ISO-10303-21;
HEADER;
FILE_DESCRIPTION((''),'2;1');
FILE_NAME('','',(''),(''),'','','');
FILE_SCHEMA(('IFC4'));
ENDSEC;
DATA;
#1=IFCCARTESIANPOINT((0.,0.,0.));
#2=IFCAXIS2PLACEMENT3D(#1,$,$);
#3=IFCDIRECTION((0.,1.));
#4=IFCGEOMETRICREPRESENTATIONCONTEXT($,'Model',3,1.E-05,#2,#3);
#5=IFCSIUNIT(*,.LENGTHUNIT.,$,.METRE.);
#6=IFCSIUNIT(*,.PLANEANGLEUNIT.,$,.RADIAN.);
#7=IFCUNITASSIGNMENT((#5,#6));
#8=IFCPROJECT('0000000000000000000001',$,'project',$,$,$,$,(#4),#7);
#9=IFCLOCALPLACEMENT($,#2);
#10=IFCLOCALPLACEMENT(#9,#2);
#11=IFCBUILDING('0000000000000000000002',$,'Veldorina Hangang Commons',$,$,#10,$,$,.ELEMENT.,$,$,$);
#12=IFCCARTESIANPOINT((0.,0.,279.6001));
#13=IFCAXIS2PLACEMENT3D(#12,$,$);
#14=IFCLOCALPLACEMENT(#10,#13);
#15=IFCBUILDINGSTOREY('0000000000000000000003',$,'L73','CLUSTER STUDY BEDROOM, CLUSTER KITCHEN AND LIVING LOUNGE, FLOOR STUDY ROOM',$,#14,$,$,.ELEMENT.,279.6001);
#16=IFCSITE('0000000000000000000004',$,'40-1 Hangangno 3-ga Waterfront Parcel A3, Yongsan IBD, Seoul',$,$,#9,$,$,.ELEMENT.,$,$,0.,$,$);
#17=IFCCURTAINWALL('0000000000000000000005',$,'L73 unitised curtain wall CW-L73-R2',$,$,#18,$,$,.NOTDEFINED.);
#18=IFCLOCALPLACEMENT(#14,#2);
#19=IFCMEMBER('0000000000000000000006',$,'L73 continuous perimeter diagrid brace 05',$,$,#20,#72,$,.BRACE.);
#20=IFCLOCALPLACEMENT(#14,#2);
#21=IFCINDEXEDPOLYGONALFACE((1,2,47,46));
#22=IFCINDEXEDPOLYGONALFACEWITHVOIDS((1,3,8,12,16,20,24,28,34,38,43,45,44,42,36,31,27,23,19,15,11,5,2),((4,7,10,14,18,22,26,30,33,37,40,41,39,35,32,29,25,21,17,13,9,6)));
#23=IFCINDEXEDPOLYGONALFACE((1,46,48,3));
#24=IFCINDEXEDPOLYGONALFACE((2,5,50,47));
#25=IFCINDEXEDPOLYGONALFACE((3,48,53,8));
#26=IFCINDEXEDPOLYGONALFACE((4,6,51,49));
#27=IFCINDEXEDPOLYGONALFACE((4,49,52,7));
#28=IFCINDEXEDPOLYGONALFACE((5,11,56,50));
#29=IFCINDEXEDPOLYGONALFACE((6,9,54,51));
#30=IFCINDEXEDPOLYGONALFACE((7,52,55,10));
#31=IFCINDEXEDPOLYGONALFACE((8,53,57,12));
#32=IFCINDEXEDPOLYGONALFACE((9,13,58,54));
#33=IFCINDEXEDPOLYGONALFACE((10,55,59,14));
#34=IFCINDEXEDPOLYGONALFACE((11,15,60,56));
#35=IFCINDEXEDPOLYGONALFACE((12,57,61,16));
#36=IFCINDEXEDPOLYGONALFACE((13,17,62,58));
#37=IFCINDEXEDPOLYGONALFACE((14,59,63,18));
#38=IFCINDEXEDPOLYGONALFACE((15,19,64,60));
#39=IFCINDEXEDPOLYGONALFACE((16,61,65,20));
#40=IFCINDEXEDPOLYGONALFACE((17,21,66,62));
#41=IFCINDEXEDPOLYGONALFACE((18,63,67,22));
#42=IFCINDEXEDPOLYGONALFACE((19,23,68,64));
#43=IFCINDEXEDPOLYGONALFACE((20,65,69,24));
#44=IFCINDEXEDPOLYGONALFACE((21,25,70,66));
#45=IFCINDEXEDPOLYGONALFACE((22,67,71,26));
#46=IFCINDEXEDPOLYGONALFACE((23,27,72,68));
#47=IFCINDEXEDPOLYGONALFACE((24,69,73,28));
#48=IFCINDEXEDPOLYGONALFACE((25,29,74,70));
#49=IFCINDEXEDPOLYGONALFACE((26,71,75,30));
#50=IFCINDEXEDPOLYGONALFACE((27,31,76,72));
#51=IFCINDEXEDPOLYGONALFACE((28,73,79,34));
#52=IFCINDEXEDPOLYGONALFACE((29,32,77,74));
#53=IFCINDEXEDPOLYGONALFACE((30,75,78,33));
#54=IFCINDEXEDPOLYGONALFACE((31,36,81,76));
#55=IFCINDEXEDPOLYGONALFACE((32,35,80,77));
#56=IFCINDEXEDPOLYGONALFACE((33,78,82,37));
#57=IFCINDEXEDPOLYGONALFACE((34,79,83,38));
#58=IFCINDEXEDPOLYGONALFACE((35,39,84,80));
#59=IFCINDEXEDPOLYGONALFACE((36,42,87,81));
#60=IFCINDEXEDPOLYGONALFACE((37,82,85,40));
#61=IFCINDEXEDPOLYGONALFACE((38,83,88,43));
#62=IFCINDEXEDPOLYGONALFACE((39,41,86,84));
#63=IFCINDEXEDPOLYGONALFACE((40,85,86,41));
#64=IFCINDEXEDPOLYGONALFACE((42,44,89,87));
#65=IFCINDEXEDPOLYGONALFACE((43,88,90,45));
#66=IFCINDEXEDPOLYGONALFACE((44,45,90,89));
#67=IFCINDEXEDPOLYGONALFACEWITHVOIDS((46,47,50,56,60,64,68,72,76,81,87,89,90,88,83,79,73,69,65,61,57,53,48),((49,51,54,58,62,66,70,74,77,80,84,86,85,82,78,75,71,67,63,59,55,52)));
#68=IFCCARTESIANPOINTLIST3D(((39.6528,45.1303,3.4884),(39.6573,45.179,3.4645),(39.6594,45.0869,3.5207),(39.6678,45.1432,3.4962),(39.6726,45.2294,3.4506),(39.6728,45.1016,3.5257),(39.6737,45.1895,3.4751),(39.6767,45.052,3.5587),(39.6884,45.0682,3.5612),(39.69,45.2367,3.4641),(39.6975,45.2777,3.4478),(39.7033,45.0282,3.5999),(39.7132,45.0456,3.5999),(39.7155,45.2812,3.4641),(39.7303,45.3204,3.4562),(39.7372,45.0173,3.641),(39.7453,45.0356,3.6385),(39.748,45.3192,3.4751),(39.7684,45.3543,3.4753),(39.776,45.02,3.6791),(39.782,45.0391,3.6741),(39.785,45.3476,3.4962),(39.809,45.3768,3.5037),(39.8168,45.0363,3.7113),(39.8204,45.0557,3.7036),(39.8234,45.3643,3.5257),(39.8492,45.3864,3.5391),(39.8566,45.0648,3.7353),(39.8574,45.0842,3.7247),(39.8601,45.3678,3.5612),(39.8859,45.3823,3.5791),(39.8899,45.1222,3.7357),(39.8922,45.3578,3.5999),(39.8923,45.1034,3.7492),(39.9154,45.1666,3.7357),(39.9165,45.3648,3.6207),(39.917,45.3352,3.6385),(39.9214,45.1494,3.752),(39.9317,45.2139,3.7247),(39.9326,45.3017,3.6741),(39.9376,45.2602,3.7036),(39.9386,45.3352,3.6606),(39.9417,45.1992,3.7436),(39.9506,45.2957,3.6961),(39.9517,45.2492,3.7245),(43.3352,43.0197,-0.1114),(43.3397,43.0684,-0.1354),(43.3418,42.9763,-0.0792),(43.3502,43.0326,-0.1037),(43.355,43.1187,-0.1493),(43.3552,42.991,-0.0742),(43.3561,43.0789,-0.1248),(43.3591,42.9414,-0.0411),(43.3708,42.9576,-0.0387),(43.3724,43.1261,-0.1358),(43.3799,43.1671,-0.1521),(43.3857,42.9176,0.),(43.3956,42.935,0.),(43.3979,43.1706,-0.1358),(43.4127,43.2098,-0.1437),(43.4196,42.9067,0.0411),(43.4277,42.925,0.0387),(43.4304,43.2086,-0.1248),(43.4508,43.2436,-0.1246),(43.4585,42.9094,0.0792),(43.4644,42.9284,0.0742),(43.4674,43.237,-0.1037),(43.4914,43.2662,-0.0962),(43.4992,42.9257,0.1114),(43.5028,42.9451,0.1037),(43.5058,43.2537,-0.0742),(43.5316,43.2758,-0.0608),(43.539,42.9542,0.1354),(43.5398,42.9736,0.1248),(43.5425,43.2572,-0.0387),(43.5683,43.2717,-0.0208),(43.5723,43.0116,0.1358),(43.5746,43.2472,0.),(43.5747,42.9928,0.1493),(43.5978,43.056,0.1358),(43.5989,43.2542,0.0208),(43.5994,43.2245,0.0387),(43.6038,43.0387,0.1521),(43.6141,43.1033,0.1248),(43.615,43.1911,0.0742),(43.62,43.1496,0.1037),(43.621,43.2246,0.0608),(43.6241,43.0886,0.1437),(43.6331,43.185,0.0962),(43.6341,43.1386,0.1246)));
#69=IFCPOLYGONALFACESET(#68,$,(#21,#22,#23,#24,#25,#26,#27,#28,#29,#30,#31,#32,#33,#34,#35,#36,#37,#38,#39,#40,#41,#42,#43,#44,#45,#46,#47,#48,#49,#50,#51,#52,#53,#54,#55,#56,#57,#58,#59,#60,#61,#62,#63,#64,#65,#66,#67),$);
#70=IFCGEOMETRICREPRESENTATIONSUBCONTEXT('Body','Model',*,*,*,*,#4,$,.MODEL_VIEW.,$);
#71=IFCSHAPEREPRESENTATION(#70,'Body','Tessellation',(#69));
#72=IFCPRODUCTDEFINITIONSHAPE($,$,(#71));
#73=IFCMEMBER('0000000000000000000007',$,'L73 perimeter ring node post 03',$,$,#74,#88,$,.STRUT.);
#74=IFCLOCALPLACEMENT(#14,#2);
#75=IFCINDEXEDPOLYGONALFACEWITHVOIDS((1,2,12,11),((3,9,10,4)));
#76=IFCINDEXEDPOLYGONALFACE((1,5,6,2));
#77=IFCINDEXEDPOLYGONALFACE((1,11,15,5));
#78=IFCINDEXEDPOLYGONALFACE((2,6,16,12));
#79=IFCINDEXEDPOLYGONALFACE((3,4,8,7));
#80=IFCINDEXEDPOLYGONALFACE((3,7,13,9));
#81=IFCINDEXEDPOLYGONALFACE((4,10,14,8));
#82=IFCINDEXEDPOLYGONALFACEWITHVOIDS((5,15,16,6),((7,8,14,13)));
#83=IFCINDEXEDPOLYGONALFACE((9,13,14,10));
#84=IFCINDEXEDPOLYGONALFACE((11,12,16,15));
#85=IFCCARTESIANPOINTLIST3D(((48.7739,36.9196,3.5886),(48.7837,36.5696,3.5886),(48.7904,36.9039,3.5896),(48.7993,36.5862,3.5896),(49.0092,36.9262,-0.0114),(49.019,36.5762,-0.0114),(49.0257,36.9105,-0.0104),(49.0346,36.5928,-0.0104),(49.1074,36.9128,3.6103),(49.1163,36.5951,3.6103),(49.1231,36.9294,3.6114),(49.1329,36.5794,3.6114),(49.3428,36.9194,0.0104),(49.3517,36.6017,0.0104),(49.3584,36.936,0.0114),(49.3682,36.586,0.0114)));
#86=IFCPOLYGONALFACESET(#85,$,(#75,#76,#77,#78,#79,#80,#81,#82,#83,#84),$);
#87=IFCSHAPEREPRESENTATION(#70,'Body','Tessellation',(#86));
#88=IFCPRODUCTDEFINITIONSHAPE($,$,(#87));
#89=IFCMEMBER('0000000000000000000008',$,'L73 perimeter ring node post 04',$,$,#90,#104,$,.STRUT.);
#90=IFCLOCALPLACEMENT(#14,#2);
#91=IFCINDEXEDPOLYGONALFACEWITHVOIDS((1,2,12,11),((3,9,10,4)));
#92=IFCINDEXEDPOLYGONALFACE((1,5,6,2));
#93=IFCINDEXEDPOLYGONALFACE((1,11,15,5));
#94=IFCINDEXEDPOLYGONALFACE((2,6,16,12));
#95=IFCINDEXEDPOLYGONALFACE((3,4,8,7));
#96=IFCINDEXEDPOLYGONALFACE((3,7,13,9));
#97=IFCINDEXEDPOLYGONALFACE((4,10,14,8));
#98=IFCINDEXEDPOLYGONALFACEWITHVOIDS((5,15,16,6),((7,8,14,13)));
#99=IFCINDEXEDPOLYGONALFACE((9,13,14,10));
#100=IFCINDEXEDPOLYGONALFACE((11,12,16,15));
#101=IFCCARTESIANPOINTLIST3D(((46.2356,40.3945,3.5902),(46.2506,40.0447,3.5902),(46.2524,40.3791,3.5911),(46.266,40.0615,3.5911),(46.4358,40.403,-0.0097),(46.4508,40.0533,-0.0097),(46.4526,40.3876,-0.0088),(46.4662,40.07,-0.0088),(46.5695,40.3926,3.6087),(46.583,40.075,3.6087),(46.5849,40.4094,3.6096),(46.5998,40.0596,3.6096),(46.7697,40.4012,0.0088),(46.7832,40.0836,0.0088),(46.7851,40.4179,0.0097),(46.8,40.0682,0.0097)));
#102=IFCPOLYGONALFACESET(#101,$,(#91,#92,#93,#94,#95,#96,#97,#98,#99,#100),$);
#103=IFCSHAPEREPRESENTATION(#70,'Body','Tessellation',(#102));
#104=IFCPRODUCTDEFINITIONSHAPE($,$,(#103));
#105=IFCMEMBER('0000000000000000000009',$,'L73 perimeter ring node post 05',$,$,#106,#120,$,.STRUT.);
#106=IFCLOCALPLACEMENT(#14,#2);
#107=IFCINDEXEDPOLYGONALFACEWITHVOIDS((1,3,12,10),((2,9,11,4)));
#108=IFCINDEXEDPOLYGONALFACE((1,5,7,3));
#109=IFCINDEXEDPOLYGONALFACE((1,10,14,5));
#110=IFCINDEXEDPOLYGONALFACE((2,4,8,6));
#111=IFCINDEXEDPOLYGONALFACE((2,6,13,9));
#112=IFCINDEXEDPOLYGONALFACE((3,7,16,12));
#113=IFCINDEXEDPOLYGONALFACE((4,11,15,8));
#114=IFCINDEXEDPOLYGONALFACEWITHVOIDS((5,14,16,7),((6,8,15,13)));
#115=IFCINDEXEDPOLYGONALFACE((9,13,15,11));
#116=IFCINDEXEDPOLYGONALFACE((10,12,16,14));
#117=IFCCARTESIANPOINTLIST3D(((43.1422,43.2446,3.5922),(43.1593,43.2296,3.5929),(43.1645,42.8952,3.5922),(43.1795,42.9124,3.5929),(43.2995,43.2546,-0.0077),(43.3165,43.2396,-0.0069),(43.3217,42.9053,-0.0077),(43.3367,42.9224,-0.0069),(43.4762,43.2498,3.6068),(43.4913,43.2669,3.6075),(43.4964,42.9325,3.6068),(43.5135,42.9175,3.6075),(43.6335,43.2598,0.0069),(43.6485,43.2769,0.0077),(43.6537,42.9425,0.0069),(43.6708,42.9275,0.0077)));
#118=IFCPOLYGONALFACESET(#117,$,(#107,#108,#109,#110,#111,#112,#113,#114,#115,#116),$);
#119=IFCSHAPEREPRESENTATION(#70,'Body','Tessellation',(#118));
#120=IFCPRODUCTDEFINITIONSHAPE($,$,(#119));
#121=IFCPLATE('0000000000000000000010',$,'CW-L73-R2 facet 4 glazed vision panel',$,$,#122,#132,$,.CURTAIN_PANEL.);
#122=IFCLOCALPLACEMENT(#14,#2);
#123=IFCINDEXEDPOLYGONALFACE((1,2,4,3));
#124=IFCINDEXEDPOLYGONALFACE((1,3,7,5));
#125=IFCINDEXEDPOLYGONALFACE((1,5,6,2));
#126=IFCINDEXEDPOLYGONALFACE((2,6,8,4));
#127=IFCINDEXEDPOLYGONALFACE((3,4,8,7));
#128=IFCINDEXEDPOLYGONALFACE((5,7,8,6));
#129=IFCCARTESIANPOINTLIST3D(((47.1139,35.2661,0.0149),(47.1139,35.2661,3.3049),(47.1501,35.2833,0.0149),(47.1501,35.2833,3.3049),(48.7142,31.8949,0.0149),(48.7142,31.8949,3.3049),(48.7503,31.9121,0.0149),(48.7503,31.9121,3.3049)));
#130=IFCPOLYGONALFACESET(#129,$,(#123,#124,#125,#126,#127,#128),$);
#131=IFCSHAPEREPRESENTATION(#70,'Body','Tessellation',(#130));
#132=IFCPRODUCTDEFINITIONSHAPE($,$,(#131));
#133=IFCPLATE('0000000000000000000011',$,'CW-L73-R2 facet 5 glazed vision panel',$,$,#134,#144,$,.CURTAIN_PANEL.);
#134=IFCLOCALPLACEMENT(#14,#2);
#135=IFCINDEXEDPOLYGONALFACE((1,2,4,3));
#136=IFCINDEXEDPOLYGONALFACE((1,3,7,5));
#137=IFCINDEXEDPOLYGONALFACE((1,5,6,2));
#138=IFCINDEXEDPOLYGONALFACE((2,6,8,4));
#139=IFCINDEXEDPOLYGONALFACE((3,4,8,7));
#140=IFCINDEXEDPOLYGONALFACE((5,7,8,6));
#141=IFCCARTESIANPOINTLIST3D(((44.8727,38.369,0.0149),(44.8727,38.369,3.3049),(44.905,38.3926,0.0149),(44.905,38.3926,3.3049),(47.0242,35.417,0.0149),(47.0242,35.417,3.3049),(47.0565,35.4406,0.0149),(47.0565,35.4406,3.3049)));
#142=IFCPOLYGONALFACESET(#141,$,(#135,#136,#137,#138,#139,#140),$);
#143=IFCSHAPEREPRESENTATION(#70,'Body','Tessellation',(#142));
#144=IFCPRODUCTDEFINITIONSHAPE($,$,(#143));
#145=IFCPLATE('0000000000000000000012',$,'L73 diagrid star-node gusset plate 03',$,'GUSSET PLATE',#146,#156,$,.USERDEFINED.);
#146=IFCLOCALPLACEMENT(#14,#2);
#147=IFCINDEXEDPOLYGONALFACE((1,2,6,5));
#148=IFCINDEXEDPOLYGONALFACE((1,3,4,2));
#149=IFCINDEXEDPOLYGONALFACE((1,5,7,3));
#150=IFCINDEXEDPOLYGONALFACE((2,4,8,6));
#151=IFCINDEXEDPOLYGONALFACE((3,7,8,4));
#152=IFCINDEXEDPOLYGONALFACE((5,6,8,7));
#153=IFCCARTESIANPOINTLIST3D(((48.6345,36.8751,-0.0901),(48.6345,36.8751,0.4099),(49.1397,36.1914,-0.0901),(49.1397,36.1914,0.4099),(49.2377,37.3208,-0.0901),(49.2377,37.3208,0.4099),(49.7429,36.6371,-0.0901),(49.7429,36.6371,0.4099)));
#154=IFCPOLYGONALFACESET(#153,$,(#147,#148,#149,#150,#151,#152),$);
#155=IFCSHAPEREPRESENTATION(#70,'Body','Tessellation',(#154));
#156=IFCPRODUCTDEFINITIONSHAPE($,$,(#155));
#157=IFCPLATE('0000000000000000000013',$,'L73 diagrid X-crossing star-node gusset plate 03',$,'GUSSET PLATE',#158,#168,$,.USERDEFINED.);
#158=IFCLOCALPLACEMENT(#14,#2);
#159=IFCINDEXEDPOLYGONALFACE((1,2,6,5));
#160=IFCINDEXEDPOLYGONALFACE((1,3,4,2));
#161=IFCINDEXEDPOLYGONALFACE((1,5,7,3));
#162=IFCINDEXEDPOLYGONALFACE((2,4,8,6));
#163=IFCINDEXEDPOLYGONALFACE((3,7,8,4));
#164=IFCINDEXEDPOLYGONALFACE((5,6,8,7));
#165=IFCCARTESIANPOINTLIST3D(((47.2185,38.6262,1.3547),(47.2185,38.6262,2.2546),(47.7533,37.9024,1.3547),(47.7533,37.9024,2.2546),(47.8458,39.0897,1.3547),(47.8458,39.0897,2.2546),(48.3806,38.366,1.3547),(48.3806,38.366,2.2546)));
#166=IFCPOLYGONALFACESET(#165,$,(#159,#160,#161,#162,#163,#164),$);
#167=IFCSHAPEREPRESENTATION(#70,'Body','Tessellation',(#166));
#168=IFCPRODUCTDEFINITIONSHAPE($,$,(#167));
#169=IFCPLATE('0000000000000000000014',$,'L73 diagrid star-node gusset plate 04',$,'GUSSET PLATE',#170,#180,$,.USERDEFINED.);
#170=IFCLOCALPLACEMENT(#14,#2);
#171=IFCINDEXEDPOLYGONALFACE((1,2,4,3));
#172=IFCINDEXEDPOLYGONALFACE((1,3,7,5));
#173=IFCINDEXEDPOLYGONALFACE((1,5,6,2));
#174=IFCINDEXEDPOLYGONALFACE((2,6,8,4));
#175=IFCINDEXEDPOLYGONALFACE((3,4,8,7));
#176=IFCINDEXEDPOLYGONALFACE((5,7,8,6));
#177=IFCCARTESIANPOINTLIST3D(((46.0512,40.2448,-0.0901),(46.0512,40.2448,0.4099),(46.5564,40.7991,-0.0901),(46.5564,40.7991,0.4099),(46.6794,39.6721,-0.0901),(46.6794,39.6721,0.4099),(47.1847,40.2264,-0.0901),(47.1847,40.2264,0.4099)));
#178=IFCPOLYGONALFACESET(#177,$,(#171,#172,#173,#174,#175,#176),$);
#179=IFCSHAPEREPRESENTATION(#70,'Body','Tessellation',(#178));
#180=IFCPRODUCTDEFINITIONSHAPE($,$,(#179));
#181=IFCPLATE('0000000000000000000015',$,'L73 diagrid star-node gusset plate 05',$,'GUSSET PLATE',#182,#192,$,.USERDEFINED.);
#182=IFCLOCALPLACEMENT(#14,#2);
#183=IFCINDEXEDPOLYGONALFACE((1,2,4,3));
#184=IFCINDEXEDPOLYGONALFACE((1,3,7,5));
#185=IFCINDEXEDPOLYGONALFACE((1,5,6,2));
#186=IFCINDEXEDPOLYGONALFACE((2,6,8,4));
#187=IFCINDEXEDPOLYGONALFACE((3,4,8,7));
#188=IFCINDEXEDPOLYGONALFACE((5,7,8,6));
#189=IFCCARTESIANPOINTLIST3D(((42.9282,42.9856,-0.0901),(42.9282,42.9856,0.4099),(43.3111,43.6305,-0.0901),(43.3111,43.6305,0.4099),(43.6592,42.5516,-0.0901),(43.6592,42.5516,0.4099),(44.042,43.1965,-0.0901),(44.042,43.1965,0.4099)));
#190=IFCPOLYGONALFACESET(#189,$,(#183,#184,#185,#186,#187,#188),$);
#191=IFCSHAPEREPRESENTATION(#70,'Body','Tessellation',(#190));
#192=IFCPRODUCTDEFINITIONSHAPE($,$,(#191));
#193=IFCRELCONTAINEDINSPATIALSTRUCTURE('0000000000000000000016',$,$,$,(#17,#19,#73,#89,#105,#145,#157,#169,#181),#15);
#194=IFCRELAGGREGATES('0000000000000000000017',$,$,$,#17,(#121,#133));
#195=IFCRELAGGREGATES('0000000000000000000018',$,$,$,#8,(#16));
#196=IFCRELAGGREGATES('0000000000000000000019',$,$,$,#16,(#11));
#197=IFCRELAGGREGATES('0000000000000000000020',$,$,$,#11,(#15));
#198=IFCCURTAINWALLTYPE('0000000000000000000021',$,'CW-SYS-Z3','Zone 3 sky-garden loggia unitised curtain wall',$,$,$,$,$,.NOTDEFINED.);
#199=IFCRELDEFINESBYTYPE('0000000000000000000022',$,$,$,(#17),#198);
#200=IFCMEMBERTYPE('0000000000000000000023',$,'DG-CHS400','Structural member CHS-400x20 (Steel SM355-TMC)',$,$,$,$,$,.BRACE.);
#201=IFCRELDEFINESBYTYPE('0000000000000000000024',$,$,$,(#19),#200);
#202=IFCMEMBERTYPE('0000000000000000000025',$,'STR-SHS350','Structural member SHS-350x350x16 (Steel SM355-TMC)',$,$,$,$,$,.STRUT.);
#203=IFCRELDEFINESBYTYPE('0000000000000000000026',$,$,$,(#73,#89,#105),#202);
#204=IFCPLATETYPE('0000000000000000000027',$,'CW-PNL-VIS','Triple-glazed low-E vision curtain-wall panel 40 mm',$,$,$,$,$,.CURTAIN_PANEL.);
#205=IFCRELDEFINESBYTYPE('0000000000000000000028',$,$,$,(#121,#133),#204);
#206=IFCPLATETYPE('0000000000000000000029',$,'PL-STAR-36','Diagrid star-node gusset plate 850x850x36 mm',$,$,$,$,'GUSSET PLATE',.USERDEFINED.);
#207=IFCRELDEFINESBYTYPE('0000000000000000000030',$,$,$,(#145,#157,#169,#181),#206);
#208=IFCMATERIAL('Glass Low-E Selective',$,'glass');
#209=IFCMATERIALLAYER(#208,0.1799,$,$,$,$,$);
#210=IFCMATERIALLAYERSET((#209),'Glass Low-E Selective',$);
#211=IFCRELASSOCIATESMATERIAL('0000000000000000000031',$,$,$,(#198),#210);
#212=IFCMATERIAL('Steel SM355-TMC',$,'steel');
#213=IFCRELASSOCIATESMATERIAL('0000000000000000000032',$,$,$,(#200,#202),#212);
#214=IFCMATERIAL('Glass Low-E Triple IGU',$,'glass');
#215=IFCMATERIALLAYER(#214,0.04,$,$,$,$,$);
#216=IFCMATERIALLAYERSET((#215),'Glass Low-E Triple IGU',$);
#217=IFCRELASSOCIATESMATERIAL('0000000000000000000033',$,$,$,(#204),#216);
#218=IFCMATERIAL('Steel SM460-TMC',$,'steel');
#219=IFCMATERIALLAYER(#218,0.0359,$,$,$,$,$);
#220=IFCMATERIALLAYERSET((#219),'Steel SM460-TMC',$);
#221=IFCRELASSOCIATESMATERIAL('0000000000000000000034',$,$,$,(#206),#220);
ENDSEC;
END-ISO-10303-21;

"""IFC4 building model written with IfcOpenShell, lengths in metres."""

from ifc_helpers import new_model, si_unit, direction, frame, origin, origin_2d, place, context, subcontext, project, spatial, rectangle, hollow_rectangle, hollow_circle, extrude, material, layer, layer_set, material_profile, profile_set, type_object, element, aggregate, save


model = new_model("IFC4")

# Units and contexts
model_context = context("Model", 3, precision=1e-05, world=origin(), true_north=direction((0.0, 1.0)))
body_context = subcontext(model_context, "Body", "Model", "MODEL_VIEW")
ifc_project = project(units=[si_unit("LENGTHUNIT", "METRE"), si_unit("PLANEANGLEUNIT", "RADIAN")], contexts=[model_context])

# Site, building, storey
site_placement = place(None, origin())
site = spatial("IfcSite", under=ifc_project, at=site_placement, Name="40-1 Hangangno 3-ga Waterfront Parcel A3, Yongsan IBD, Seoul", CompositionType="ELEMENT", RefElevation=0.0)
building_placement = place(site_placement, origin())
building = spatial("IfcBuilding", under=site, at=building_placement, Name="Veldorina Hangang Commons", CompositionType="ELEMENT")
storey_placement = place(building_placement, frame((0.0, 0.0, 279.6001)))
storey = spatial("IfcBuildingStorey", under=building, at=storey_placement, Name="L73", Description="CLUSTER STUDY BEDROOM, CLUSTER KITCHEN AND LIVING LOUNGE, FLOOR STUDY ROOM", CompositionType="ELEMENT", Elevation=279.6001)

# Shared definitions
ifc_material_1 = material(Name="Steel SM355-TMC", Category="steel")

# Curtain wall
ifc_material_2 = material(Name="Glass Low-E Selective", Category="glass")
ifc_layer_1 = layer(ifc_material_2, 0.1799)
ifc_layer_set_1 = layer_set([ifc_layer_1], Name="Glass Low-E Selective")
curtain_wall_type = type_object("IfcCurtainWallType", Name="CW-SYS-Z3", Description="Zone 3 sky-garden loggia unitised curtain wall", PredefinedType="NOTDEFINED", material=ifc_layer_set_1)
curtain_wall_placement = place(storey_placement, origin())
curtain_wall = element("IfcCurtainWall", 1, at=curtain_wall_placement, inside=storey, type_object=curtain_wall_type, Name="L73 unitised curtain wall CW-L73-R2", PredefinedType="NOTDEFINED")

# Members
ifc_material_profile_1 = material_profile(ifc_material_1, hollow_circle(Radius=0.2, WallThickness=0.02, at=origin_2d()), Name="CHS-400x20")
ifc_profile_set_1 = profile_set([ifc_material_profile_1], Name="Steel SM355-TMC")
member_type_1 = type_object("IfcMemberType", Name="DG-CHS400", Description="Structural member CHS-400x20 (Steel SM355-TMC)", PredefinedType="BRACE", material=ifc_profile_set_1)
member_1_placement = place(storey_placement, frame((43.4851, 43.0911, 0.0), z_axis=(-0.661657, 0.379237, 0.64683), x_axis=(-0.497272, -0.867595, 0.0)))
element("IfcMember", 2, at=member_1_placement, inside=storey, type_object=member_type_1, Name="L73 continuous perimeter diagrid brace 05", PredefinedType="BRACE", context=body_context, shape_type="SweptSolid", body=[
    extrude(hollow_circle(Radius=0.2, WallThickness=0.02, at=origin_2d()), origin(), (0.0, 0.0, 1.0), 5.5654),
])
ifc_material_profile_2 = material_profile(ifc_material_1, hollow_rectangle(XDim=0.3501, YDim=0.3501, WallThickness=0.0161, at=origin_2d()), Name="SHS-350x350x16")
ifc_profile_set_2 = profile_set([ifc_material_profile_2], Name="Steel SM355-TMC")
member_type_2 = type_object("IfcMemberType", Name="STR-SHS350", Description="Structural member SHS-350x350x16 (Steel SM355-TMC)", PredefinedType="STRUT", material=ifc_profile_set_2)
member_2_placement = place(storey_placement, frame((49.1887, 36.7561, 0.0), z_axis=(-0.065239, -0.001827, 0.997868), x_axis=(0.027997, -0.999608, 0.0)))
element("IfcMember", 3, at=member_2_placement, inside=storey, type_object=member_type_2, Name="L73 perimeter ring node post 03", PredefinedType="STRUT", context=body_context, shape_type="SweptSolid", body=[
    extrude(hollow_rectangle(XDim=0.3501, YDim=0.3501, WallThickness=0.0161, at=origin_2d()), origin(), (0.0, 0.0, 1.0), 3.6077),
])
member_3_placement = place(storey_placement, frame((46.6179, 40.2356, 0.0), z_axis=(-0.055526, -0.00237, 0.998454), x_axis=(0.042644, -0.99909, 0.0)))
element("IfcMember", 4, at=member_3_placement, inside=storey, type_object=member_type_2, Name="L73 perimeter ring node post 04", PredefinedType="STRUT", context=body_context, shape_type="SweptSolid", body=[
    extrude(hollow_rectangle(XDim=0.3501, YDim=0.3501, WallThickness=0.0161, at=origin_2d()), origin(), (0.0, 0.0, 1.0), 3.6055),
])
member_4_placement = place(storey_placement, frame((43.4851, 43.0911, 0.0), z_axis=(-0.043634, -0.002778, 0.999044), x_axis=(0.063536, -0.99798, 0.0)))
element("IfcMember", 5, at=member_4_placement, inside=storey, type_object=member_type_2, Name="L73 perimeter ring node post 05", PredefinedType="STRUT", context=body_context, shape_type="SweptSolid", body=[
    extrude(hollow_rectangle(XDim=0.3501, YDim=0.3501, WallThickness=0.0161, at=origin_2d()), origin(), (0.0, 0.0, 1.0), 3.6033),
])

# Plates
ifc_material_3 = material(Name="Glass Low-E Triple IGU", Category="glass")
ifc_layer_2 = layer(ifc_material_3, 0.04)
ifc_layer_set_2 = layer_set([ifc_layer_2], Name="Glass Low-E Triple IGU")
plate_type_1 = type_object("IfcPlateType", Name="CW-PNL-VIS", Description="Triple-glazed low-E vision curtain-wall panel 40 mm", PredefinedType="CURTAIN_PANEL", material=ifc_layer_set_2)
plate_1_placement = place(storey_placement, frame((47.9321, 33.5891, 0.0149), z_axis=(0.0, 0.0, 1.0), x_axis=(-0.428825, 0.903388, 0.0)))
plate_1 = element("IfcPlate", 6, at=plate_1_placement, type_object=plate_type_1, Name="CW-L73-R2 facet 4 glazed vision panel", PredefinedType="CURTAIN_PANEL", context=body_context, shape_type="SweptSolid", body=[
    extrude(rectangle(XDim=3.7317, YDim=0.04, at=origin_2d()), origin(), (0.0, 0.0, 1.0), 3.29),
])
plate_2_placement = place(storey_placement, frame((45.9646, 36.9048, 0.0149), z_axis=(0.0, 0.0, 1.0), x_axis=(-0.588985, 0.808144, 0.0)))
plate_2 = element("IfcPlate", 7, at=plate_2_placement, type_object=plate_type_1, Name="CW-L73-R2 facet 5 glazed vision panel", PredefinedType="CURTAIN_PANEL", context=body_context, shape_type="SweptSolid", body=[
    extrude(rectangle(XDim=3.6528, YDim=0.04, at=origin_2d()), origin(), (0.0, 0.0, 1.0), 3.29),
])
aggregate(curtain_wall, [plate_1, plate_2])

# Plates
ifc_material_4 = material(Name="Steel SM460-TMC", Category="steel")
ifc_layer_3 = layer(ifc_material_4, 0.0359)
ifc_layer_set_3 = layer_set([ifc_layer_3], Name="Steel SM460-TMC")
plate_type_2 = type_object("IfcPlateType", Name="PL-STAR-36", Description="Diagrid star-node gusset plate 850x850x36 mm", ElementType="GUSSET PLATE", PredefinedType="USERDEFINED", material=ifc_layer_set_3)
plate_3_placement = place(storey_placement, frame((49.1887, 36.7561, -0.0901), z_axis=(0.0, 0.0, 1.0), x_axis=(-0.594261, 0.804272, 0.0)))
element("IfcPlate", 8, at=plate_3_placement, inside=storey, type_object=plate_type_2, Name="L73 diagrid star-node gusset plate 03", ObjectType="GUSSET PLATE", PredefinedType="USERDEFINED", context=body_context, shape_type="SweptSolid", body=[
    extrude(rectangle(XDim=0.8501, YDim=0.75, at=origin_2d()), origin(), (0.0, 0.0, 1.0), 0.5),
])
plate_4_placement = place(storey_placement, frame((47.7996, 38.4961, 1.3547), z_axis=(0.0, 0.0, 1.0), x_axis=(-0.594261, 0.804272, 0.0)))
element("IfcPlate", 9, at=plate_4_placement, inside=storey, type_object=plate_type_2, Name="L73 diagrid X-crossing star-node gusset plate 03", ObjectType="GUSSET PLATE", PredefinedType="USERDEFINED", context=body_context, shape_type="SweptSolid", body=[
    extrude(rectangle(XDim=0.8999, YDim=0.78, at=origin_2d()), origin(), (0.0, 0.0, 1.0), 0.8999),
])
for number, where, z_axis, x_axis, name in (
    (10, (46.6179, 40.2356, -0.0901), (0.0, 0.0, 1.0), (-0.739055, 0.673645, 0.0), "L73 diagrid star-node gusset plate 04"),
    (11, (43.4851, 43.0911, -0.0901), (0.0, 0.0, 1.0), (-0.859879, 0.510498, 0.0), "L73 diagrid star-node gusset plate 05"),
):
    element("IfcPlate", number, at=place(storey_placement, frame(where, z_axis=z_axis, x_axis=x_axis)), inside=storey, type_object=plate_type_2, Name=name, ObjectType="GUSSET PLATE", PredefinedType="USERDEFINED", context=body_context, shape_type="SweptSolid", body=[
        extrude(rectangle(XDim=0.8501, YDim=0.75, at=origin_2d()), origin(), (0.0, 0.0, 1.0), 0.5),
    ])

save(model, "model.ifc")
